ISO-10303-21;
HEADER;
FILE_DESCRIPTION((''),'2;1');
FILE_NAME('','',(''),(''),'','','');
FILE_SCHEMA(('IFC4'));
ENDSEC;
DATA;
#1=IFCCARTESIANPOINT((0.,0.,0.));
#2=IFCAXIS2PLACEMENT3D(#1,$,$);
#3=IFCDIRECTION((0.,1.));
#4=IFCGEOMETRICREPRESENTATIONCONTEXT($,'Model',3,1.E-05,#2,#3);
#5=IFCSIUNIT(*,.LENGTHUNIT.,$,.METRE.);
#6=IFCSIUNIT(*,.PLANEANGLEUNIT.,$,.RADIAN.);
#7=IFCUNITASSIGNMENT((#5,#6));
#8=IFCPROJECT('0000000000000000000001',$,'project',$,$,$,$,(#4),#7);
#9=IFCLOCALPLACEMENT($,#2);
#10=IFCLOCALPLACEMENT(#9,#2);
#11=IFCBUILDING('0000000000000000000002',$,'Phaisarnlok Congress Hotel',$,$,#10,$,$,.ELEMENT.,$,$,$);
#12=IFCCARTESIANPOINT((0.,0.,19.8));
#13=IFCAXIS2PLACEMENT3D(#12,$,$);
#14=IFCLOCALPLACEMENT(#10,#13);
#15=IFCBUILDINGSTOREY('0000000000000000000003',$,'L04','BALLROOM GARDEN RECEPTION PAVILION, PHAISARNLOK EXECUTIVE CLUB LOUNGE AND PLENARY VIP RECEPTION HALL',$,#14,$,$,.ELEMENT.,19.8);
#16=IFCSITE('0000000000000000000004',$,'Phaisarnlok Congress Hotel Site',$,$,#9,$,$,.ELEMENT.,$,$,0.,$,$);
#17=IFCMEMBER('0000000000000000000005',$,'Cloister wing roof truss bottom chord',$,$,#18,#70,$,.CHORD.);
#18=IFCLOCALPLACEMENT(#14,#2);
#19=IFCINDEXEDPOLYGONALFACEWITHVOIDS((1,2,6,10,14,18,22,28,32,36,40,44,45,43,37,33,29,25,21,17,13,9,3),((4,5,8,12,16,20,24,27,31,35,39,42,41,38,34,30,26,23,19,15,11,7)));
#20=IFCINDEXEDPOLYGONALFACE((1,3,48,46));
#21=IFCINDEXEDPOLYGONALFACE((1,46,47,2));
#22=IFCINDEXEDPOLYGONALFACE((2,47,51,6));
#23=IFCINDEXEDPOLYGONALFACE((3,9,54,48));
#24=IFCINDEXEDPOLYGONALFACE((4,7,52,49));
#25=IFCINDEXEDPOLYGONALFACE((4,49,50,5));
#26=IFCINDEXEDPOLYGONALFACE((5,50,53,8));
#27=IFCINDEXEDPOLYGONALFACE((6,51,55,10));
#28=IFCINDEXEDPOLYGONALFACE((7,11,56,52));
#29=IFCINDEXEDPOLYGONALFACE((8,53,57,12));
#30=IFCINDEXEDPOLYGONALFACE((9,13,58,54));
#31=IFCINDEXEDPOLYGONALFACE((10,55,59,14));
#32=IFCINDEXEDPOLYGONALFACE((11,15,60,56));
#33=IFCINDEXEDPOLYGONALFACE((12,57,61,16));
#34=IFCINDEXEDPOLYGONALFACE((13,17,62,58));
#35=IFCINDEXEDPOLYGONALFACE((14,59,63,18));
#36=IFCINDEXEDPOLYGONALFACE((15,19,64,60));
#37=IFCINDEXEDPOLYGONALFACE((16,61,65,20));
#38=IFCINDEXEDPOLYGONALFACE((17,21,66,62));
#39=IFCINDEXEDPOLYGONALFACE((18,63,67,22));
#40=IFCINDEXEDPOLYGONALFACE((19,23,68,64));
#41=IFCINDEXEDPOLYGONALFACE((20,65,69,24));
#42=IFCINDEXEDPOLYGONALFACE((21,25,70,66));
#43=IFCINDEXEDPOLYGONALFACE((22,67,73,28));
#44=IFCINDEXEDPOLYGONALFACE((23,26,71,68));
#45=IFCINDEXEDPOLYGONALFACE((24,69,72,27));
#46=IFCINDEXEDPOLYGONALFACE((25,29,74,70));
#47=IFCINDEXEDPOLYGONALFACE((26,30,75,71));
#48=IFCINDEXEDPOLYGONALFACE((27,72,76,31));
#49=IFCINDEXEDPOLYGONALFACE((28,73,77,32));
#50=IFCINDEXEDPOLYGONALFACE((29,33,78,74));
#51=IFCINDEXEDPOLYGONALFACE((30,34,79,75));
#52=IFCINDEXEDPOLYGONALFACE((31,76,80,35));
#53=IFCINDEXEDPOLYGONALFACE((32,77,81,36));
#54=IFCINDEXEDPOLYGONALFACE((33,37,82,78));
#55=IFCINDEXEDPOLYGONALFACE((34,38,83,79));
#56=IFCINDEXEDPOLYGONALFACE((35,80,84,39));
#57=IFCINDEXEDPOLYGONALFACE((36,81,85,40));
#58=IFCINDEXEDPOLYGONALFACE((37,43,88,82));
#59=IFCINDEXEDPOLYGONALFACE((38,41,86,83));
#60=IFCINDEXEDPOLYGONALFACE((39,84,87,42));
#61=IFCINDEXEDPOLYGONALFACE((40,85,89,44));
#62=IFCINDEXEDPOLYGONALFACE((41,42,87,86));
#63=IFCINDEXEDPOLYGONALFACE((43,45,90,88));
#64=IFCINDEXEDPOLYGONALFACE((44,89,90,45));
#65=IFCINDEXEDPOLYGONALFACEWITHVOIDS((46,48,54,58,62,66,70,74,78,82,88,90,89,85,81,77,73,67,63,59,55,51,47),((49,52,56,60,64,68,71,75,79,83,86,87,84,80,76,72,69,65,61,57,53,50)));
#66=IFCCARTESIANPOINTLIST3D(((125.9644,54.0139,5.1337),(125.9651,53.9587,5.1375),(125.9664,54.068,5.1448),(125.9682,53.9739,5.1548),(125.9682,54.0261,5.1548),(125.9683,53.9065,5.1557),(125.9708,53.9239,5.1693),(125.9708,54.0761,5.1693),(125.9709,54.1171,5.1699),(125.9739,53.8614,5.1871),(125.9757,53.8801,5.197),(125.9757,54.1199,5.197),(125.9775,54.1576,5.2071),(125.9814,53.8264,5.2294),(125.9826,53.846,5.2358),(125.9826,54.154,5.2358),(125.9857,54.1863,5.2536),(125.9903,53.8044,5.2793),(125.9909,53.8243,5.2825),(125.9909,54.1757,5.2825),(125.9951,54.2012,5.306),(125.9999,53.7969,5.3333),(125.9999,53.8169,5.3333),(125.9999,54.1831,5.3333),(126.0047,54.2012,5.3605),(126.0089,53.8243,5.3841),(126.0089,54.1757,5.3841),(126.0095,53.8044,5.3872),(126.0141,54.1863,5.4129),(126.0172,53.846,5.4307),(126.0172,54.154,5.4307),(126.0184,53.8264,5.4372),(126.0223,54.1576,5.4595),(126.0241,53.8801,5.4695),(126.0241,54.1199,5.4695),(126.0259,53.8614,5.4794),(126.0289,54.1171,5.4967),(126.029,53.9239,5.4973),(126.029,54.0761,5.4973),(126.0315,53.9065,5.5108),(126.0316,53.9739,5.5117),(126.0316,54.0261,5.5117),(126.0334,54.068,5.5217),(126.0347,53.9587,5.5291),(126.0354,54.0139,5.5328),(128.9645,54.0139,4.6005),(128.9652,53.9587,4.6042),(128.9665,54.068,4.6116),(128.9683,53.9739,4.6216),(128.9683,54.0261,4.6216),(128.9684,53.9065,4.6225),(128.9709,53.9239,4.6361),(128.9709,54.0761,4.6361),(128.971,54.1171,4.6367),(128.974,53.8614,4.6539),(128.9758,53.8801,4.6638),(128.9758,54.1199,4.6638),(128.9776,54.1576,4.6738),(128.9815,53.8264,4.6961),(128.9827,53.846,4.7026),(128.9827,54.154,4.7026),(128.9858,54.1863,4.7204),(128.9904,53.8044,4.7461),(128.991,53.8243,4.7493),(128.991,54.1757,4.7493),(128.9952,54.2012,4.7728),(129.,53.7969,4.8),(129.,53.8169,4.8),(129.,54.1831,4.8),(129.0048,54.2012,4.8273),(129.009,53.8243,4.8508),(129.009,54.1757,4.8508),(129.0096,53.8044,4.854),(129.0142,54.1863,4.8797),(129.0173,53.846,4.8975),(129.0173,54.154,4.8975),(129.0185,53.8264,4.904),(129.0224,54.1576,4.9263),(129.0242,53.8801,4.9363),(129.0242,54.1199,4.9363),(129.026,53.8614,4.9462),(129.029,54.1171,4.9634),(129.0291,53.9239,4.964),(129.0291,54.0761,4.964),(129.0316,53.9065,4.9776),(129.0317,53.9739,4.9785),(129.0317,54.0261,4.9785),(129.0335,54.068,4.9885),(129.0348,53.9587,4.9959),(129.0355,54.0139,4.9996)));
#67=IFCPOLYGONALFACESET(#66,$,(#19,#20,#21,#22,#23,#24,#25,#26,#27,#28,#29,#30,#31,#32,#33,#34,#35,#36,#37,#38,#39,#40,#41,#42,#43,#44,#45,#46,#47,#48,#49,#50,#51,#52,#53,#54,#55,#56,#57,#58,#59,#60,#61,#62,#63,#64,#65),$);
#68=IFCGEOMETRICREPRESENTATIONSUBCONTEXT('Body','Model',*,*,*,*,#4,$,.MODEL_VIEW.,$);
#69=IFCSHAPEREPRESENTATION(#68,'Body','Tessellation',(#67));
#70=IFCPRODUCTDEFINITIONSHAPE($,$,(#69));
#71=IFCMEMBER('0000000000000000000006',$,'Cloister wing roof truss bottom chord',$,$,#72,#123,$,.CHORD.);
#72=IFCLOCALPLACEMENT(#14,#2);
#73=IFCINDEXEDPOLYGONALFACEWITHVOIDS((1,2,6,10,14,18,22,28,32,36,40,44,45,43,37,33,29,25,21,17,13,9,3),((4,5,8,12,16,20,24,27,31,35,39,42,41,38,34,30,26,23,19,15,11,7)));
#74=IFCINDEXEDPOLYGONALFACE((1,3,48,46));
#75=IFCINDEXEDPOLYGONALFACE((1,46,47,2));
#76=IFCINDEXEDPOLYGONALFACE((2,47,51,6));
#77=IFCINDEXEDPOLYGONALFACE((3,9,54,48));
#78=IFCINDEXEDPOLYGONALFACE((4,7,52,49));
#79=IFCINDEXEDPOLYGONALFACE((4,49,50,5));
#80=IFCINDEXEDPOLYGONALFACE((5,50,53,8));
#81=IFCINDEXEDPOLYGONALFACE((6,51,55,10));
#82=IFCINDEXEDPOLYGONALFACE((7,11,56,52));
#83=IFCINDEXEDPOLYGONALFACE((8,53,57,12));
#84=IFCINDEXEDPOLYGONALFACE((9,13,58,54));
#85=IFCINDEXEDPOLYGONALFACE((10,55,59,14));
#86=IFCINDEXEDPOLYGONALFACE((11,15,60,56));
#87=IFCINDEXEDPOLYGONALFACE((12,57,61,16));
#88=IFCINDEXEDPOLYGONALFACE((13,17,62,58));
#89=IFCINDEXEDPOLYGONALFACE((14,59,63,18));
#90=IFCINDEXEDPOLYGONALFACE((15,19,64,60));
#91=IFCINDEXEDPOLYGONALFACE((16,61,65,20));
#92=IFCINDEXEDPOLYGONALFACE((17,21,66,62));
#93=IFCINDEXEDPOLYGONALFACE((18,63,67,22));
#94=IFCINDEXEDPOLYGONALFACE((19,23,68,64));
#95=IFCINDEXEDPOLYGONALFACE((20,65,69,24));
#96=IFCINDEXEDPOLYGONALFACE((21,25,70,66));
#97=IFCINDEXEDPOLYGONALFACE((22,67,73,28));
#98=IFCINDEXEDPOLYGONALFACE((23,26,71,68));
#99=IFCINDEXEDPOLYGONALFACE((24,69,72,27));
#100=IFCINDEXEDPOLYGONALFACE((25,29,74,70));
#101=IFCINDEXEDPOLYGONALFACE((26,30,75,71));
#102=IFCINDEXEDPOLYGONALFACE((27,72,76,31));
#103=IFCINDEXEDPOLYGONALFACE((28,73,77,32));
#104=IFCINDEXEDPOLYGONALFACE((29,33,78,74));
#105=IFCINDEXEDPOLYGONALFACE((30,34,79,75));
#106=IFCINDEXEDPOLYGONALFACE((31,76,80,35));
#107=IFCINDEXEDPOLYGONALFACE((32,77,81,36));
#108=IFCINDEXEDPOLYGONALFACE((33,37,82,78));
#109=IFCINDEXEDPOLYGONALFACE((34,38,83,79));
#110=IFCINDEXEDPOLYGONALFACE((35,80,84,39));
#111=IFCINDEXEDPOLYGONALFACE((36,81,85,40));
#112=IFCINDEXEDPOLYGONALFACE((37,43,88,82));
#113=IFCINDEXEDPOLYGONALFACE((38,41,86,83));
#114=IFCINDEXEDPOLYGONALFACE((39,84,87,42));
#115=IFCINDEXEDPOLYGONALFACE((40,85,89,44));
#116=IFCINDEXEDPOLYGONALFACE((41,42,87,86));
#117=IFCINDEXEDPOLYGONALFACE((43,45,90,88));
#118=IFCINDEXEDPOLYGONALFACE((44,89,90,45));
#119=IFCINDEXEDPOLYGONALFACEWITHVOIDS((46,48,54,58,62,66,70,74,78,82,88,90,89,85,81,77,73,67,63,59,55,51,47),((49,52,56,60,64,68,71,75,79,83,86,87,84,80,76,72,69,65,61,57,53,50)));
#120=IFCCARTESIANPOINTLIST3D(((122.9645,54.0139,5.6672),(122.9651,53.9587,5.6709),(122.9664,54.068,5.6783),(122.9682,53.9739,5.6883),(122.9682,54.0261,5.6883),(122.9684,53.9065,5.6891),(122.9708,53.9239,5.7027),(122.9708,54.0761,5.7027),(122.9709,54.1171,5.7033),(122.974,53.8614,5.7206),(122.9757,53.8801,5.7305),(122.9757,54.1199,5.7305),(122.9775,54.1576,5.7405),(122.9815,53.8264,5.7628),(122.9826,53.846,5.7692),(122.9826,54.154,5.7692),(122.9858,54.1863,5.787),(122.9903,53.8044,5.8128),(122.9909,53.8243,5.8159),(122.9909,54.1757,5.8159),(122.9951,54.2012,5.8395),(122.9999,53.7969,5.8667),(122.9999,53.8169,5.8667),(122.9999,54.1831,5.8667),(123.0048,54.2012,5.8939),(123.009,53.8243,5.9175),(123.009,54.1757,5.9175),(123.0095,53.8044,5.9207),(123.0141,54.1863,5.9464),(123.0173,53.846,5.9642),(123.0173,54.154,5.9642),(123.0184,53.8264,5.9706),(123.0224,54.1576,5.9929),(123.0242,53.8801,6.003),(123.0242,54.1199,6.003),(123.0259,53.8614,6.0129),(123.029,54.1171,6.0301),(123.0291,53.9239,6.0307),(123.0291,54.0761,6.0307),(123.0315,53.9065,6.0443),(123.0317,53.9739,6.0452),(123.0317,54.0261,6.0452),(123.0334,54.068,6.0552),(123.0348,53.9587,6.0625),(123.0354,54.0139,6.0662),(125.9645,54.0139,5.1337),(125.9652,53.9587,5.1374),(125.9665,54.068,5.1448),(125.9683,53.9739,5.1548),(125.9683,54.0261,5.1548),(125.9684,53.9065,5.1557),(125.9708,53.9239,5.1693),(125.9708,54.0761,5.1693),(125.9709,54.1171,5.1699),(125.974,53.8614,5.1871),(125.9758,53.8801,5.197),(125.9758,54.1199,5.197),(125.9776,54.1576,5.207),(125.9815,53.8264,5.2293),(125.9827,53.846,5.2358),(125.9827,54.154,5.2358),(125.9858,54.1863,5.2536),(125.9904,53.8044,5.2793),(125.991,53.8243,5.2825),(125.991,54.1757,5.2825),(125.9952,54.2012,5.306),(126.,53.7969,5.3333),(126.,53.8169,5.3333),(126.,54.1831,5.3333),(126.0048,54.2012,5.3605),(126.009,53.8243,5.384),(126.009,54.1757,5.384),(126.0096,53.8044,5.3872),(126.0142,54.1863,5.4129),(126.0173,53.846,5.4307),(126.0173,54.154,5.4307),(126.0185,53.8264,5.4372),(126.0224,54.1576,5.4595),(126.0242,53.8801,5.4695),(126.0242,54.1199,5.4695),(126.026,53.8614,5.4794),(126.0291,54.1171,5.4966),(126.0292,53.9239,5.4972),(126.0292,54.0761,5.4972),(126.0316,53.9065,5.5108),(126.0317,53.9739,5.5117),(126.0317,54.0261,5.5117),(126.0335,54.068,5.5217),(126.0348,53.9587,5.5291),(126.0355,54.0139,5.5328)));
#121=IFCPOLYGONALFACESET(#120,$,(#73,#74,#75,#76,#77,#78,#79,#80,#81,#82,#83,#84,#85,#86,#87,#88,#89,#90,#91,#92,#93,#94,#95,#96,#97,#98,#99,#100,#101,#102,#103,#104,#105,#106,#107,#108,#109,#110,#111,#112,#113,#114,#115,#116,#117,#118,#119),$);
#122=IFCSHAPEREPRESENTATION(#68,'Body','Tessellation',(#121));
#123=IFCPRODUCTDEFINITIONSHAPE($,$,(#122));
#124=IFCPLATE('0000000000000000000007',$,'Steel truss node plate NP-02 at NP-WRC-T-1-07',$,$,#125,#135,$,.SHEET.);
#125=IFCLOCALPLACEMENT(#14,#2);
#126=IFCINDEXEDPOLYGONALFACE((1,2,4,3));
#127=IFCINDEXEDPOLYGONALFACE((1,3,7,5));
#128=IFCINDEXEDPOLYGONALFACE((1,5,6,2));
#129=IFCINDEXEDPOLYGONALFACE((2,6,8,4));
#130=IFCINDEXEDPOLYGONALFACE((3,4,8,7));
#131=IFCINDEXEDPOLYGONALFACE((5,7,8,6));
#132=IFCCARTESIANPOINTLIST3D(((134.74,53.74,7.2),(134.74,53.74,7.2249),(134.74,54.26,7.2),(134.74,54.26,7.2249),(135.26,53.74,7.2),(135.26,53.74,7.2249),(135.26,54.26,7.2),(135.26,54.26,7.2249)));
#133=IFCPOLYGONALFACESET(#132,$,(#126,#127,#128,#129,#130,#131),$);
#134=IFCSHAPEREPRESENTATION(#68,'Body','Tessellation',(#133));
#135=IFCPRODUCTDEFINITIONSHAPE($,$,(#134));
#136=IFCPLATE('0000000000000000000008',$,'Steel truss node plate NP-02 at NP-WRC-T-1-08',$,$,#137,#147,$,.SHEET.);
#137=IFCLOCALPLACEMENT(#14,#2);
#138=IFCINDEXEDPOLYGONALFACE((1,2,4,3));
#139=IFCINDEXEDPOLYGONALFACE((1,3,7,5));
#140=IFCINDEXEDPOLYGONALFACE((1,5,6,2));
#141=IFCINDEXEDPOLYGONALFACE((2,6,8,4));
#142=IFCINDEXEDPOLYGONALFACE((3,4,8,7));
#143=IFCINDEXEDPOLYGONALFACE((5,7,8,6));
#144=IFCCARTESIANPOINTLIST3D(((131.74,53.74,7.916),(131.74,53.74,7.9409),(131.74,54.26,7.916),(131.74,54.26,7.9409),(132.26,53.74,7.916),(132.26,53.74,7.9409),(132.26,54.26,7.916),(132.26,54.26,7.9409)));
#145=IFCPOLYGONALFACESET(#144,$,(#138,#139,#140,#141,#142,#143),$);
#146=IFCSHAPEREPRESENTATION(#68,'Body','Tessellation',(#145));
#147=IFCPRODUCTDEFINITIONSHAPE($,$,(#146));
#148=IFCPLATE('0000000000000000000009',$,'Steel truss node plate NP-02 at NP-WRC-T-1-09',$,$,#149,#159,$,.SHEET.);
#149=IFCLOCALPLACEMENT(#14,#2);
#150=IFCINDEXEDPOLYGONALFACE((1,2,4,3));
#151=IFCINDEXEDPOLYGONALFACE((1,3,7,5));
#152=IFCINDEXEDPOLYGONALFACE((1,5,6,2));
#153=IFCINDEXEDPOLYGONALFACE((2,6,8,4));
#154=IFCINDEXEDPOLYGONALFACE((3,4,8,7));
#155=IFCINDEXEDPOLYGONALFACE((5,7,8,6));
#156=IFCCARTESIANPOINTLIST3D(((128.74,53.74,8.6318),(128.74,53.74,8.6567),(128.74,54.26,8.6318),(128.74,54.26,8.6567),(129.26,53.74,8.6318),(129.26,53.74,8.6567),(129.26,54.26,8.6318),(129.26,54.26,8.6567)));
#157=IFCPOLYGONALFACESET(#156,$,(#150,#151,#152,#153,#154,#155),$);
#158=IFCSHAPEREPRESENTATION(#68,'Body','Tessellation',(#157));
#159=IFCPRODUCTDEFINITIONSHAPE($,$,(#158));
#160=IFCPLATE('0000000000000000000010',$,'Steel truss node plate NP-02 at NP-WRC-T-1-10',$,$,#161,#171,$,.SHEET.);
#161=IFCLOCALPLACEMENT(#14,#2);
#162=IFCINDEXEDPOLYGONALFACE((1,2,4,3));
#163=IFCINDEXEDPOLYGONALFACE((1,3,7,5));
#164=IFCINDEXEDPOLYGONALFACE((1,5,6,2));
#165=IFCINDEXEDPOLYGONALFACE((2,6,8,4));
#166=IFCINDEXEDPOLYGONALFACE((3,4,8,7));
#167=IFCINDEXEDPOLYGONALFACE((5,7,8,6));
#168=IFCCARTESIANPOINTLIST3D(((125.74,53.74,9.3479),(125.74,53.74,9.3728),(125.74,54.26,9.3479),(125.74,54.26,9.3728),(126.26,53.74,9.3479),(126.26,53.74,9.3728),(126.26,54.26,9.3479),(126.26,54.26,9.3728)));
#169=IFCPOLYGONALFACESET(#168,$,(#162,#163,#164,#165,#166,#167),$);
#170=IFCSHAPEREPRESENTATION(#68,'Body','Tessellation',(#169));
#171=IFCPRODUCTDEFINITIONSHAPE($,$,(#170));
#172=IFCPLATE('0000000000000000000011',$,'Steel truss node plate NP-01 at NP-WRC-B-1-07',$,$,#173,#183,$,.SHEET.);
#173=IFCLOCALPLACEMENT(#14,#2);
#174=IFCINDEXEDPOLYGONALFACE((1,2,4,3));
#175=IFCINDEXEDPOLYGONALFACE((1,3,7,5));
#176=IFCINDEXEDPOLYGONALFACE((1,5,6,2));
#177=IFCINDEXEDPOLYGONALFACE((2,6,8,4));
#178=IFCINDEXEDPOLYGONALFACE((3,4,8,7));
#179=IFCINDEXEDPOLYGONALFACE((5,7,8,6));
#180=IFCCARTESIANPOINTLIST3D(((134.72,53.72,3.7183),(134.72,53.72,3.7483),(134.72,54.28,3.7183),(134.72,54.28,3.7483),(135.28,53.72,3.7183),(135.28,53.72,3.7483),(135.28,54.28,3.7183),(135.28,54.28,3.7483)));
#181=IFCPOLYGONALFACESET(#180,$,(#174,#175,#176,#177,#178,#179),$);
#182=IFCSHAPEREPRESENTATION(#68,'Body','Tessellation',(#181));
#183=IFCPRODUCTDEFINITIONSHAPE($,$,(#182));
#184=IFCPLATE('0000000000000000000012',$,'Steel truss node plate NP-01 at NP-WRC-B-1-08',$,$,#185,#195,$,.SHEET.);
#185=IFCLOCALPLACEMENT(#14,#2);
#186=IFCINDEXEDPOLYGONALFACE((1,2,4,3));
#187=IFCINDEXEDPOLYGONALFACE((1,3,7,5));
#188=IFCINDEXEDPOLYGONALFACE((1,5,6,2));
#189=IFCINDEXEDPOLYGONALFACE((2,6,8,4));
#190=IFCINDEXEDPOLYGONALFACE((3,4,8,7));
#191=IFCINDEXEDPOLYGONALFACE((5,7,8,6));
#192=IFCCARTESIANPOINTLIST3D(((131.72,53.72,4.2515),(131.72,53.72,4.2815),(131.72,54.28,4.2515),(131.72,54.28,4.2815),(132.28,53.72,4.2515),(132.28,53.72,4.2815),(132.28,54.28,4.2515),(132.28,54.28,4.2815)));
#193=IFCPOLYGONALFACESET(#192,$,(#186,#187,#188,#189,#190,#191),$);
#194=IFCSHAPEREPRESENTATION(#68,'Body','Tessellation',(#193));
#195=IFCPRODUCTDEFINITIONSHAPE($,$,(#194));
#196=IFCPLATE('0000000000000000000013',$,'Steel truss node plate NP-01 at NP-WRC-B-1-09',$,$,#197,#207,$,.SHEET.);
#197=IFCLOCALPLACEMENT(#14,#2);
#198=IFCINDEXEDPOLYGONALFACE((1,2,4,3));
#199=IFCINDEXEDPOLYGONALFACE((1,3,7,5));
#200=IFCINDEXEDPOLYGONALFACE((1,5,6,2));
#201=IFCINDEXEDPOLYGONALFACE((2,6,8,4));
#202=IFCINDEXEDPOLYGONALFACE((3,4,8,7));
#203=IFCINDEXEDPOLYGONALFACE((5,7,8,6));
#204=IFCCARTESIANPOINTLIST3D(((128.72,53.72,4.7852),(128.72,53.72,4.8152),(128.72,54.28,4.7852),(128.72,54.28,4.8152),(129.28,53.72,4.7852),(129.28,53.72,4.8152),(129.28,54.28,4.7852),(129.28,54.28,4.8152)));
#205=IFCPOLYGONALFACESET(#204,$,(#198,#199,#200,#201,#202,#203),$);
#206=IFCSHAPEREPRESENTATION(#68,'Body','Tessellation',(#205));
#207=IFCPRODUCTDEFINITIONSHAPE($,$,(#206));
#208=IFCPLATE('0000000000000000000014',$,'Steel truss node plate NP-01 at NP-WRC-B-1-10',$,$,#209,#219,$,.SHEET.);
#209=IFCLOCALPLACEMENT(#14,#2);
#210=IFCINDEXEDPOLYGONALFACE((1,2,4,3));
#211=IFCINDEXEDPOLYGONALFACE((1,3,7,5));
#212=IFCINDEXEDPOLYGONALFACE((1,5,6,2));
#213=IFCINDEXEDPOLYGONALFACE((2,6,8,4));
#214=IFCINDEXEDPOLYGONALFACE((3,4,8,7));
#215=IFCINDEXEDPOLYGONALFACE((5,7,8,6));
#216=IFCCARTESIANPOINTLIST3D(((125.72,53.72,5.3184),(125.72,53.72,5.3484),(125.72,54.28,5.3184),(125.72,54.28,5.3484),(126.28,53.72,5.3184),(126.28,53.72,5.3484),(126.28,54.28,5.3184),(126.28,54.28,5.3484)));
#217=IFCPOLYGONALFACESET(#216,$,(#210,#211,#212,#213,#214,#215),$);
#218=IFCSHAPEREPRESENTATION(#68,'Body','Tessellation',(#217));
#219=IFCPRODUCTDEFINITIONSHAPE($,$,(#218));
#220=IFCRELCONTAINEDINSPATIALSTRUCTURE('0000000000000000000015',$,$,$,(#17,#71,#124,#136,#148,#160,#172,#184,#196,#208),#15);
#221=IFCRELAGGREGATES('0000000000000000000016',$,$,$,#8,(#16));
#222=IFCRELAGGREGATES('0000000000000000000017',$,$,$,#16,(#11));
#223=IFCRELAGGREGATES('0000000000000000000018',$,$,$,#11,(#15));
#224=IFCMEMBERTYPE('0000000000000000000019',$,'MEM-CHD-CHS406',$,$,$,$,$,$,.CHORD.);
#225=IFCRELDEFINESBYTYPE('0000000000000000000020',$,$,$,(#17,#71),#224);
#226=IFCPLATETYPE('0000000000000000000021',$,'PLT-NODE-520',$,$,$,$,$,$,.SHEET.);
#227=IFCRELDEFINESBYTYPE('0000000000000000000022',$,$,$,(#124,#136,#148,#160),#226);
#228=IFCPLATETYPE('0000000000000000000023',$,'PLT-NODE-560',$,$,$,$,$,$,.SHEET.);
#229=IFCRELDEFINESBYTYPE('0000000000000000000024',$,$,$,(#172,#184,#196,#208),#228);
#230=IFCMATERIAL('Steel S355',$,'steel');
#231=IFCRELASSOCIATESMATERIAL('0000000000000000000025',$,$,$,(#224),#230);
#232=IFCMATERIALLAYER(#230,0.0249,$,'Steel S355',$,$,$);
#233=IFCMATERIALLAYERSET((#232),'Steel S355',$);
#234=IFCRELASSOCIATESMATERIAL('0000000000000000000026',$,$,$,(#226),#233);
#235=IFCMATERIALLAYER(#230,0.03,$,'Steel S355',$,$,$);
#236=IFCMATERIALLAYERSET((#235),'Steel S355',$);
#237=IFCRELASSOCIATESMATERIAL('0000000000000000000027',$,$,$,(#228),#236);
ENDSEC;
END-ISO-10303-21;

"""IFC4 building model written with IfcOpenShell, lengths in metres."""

from ifc_helpers import new_model, si_unit, direction, frame, origin, origin_2d, place, context, subcontext, project, spatial, rectangle, hollow_circle, extrude, material, layer, layer_set, material_profile, profile_set, type_object, element, save


model = new_model("IFC4")

# Units and contexts
model_context = context("Model", 3, precision=1e-05, world=origin(), true_north=direction((0.0, 1.0)))
body_context = subcontext(model_context, "Body", "Model", "MODEL_VIEW")
ifc_project = project(units=[si_unit("LENGTHUNIT", "METRE"), si_unit("PLANEANGLEUNIT", "RADIAN")], contexts=[model_context])

# Site, building, storey
site_placement = place(None, origin())
site = spatial("IfcSite", under=ifc_project, at=site_placement, Name="Phaisarnlok Congress Hotel Site", CompositionType="ELEMENT", RefElevation=0.0)
building_placement = place(site_placement, origin())
building = spatial("IfcBuilding", under=site, at=building_placement, Name="Phaisarnlok Congress Hotel", CompositionType="ELEMENT")
storey_placement = place(building_placement, frame((0.0, 0.0, 19.8)))
storey = spatial("IfcBuildingStorey", under=building, at=storey_placement, Name="L04", Description="BALLROOM GARDEN RECEPTION PAVILION, PHAISARNLOK EXECUTIVE CLUB LOUNGE AND PLENARY VIP RECEPTION HALL", CompositionType="ELEMENT", Elevation=19.8)

# Shared definitions
ifc_material_1 = material(Name="Steel S355", Category="steel")

# Members
ifc_material_profile_1 = material_profile(ifc_material_1, hollow_circle(Radius=0.2031, WallThickness=0.02, at=origin_2d()), Name="CHS 406.4x20")
ifc_profile_set_1 = profile_set([ifc_material_profile_1], Name="Steel S355")
member_type_1 = type_object("IfcMemberType", Name="MEM-CHD-CHS406", PredefinedType="CHORD", material=ifc_profile_set_1)
for number, where, z_axis, x_axis, name in (
    (1, (129.0, 54.0, 4.8), (-0.98457, 0.0, 0.174992), (0.0, -1.0, 0.0), "Cloister wing roof truss bottom chord"),
    (2, (126.0, 54.0, 5.3333), (-0.984556, 0.0, 0.17507), (0.0, -1.0, 0.0), "Cloister wing roof truss bottom chord"),
):
    element("IfcMember", number, at=place(storey_placement, frame(where, z_axis=z_axis, x_axis=x_axis)), inside=storey, type_object=member_type_1, Name=name, PredefinedType="CHORD", context=body_context, shape_type="SweptSolid", body=[
        extrude(hollow_circle(Radius=0.2031, WallThickness=0.02, at=origin_2d()), origin(), (0.0, 0.0, 1.0), 3.0471),
    ])

# Plates
ifc_layer_1 = layer(ifc_material_1, 0.0249, Name="Steel S355")
ifc_layer_set_1 = layer_set([ifc_layer_1], Name="Steel S355")
plate_type_1 = type_object("IfcPlateType", Name="PLT-NODE-520", PredefinedType="SHEET", material=ifc_layer_set_1)
for number, where, z_axis, x_axis, name in (
    (3, (135.0, 54.0, 7.2), (0.0, 0.0, 1.0), (1.0, 0.0, 0.0), "Steel truss node plate NP-02 at NP-WRC-T-1-07"),
    (4, (132.0, 54.0, 7.916), (0.0, 0.0, 1.0), (1.0, 0.0, 0.0), "Steel truss node plate NP-02 at NP-WRC-T-1-08"),
    (5, (129.0, 54.0, 8.6318), (0.0, 0.0, 1.0), (1.0, 0.0, 0.0), "Steel truss node plate NP-02 at NP-WRC-T-1-09"),
    (6, (126.0, 54.0, 9.3479), (0.0, 0.0, 1.0), (1.0, 0.0, 0.0), "Steel truss node plate NP-02 at NP-WRC-T-1-10"),
):
    element("IfcPlate", number, at=place(storey_placement, frame(where, z_axis=z_axis, x_axis=x_axis)), inside=storey, type_object=plate_type_1, Name=name, PredefinedType="SHEET", context=body_context, shape_type="SweptSolid", body=[
        extrude(rectangle(XDim=0.52, YDim=0.52, at=origin_2d()), origin(), (0.0, 0.0, 1.0), 0.0249),
    ])
ifc_layer_2 = layer(ifc_material_1, 0.03, Name="Steel S355")
ifc_layer_set_2 = layer_set([ifc_layer_2], Name="Steel S355")
plate_type_2 = type_object("IfcPlateType", Name="PLT-NODE-560", PredefinedType="SHEET", material=ifc_layer_set_2)
for number, where, z_axis, x_axis, name in (
    (7, (135.0, 54.0, 3.7183), (0.0, 0.0, 1.0), (1.0, 0.0, 0.0), "Steel truss node plate NP-01 at NP-WRC-B-1-07"),
    (8, (132.0, 54.0, 4.2515), (0.0, 0.0, 1.0), (1.0, 0.0, 0.0), "Steel truss node plate NP-01 at NP-WRC-B-1-08"),
    (9, (129.0, 54.0, 4.7852), (0.0, 0.0, 1.0), (1.0, 0.0, 0.0), "Steel truss node plate NP-01 at NP-WRC-B-1-09"),
    (10, (126.0, 54.0, 5.3184), (0.0, 0.0, 1.0), (1.0, 0.0, 0.0), "Steel truss node plate NP-01 at NP-WRC-B-1-10"),
):
    element("IfcPlate", number, at=place(storey_placement, frame(where, z_axis=z_axis, x_axis=x_axis)), inside=storey, type_object=plate_type_2, Name=name, PredefinedType="SHEET", context=body_context, shape_type="SweptSolid", body=[
        extrude(rectangle(XDim=0.5601, YDim=0.5601, at=origin_2d()), origin(), (0.0, 0.0, 1.0), 0.03),
    ])

save(model, "model.ifc")
